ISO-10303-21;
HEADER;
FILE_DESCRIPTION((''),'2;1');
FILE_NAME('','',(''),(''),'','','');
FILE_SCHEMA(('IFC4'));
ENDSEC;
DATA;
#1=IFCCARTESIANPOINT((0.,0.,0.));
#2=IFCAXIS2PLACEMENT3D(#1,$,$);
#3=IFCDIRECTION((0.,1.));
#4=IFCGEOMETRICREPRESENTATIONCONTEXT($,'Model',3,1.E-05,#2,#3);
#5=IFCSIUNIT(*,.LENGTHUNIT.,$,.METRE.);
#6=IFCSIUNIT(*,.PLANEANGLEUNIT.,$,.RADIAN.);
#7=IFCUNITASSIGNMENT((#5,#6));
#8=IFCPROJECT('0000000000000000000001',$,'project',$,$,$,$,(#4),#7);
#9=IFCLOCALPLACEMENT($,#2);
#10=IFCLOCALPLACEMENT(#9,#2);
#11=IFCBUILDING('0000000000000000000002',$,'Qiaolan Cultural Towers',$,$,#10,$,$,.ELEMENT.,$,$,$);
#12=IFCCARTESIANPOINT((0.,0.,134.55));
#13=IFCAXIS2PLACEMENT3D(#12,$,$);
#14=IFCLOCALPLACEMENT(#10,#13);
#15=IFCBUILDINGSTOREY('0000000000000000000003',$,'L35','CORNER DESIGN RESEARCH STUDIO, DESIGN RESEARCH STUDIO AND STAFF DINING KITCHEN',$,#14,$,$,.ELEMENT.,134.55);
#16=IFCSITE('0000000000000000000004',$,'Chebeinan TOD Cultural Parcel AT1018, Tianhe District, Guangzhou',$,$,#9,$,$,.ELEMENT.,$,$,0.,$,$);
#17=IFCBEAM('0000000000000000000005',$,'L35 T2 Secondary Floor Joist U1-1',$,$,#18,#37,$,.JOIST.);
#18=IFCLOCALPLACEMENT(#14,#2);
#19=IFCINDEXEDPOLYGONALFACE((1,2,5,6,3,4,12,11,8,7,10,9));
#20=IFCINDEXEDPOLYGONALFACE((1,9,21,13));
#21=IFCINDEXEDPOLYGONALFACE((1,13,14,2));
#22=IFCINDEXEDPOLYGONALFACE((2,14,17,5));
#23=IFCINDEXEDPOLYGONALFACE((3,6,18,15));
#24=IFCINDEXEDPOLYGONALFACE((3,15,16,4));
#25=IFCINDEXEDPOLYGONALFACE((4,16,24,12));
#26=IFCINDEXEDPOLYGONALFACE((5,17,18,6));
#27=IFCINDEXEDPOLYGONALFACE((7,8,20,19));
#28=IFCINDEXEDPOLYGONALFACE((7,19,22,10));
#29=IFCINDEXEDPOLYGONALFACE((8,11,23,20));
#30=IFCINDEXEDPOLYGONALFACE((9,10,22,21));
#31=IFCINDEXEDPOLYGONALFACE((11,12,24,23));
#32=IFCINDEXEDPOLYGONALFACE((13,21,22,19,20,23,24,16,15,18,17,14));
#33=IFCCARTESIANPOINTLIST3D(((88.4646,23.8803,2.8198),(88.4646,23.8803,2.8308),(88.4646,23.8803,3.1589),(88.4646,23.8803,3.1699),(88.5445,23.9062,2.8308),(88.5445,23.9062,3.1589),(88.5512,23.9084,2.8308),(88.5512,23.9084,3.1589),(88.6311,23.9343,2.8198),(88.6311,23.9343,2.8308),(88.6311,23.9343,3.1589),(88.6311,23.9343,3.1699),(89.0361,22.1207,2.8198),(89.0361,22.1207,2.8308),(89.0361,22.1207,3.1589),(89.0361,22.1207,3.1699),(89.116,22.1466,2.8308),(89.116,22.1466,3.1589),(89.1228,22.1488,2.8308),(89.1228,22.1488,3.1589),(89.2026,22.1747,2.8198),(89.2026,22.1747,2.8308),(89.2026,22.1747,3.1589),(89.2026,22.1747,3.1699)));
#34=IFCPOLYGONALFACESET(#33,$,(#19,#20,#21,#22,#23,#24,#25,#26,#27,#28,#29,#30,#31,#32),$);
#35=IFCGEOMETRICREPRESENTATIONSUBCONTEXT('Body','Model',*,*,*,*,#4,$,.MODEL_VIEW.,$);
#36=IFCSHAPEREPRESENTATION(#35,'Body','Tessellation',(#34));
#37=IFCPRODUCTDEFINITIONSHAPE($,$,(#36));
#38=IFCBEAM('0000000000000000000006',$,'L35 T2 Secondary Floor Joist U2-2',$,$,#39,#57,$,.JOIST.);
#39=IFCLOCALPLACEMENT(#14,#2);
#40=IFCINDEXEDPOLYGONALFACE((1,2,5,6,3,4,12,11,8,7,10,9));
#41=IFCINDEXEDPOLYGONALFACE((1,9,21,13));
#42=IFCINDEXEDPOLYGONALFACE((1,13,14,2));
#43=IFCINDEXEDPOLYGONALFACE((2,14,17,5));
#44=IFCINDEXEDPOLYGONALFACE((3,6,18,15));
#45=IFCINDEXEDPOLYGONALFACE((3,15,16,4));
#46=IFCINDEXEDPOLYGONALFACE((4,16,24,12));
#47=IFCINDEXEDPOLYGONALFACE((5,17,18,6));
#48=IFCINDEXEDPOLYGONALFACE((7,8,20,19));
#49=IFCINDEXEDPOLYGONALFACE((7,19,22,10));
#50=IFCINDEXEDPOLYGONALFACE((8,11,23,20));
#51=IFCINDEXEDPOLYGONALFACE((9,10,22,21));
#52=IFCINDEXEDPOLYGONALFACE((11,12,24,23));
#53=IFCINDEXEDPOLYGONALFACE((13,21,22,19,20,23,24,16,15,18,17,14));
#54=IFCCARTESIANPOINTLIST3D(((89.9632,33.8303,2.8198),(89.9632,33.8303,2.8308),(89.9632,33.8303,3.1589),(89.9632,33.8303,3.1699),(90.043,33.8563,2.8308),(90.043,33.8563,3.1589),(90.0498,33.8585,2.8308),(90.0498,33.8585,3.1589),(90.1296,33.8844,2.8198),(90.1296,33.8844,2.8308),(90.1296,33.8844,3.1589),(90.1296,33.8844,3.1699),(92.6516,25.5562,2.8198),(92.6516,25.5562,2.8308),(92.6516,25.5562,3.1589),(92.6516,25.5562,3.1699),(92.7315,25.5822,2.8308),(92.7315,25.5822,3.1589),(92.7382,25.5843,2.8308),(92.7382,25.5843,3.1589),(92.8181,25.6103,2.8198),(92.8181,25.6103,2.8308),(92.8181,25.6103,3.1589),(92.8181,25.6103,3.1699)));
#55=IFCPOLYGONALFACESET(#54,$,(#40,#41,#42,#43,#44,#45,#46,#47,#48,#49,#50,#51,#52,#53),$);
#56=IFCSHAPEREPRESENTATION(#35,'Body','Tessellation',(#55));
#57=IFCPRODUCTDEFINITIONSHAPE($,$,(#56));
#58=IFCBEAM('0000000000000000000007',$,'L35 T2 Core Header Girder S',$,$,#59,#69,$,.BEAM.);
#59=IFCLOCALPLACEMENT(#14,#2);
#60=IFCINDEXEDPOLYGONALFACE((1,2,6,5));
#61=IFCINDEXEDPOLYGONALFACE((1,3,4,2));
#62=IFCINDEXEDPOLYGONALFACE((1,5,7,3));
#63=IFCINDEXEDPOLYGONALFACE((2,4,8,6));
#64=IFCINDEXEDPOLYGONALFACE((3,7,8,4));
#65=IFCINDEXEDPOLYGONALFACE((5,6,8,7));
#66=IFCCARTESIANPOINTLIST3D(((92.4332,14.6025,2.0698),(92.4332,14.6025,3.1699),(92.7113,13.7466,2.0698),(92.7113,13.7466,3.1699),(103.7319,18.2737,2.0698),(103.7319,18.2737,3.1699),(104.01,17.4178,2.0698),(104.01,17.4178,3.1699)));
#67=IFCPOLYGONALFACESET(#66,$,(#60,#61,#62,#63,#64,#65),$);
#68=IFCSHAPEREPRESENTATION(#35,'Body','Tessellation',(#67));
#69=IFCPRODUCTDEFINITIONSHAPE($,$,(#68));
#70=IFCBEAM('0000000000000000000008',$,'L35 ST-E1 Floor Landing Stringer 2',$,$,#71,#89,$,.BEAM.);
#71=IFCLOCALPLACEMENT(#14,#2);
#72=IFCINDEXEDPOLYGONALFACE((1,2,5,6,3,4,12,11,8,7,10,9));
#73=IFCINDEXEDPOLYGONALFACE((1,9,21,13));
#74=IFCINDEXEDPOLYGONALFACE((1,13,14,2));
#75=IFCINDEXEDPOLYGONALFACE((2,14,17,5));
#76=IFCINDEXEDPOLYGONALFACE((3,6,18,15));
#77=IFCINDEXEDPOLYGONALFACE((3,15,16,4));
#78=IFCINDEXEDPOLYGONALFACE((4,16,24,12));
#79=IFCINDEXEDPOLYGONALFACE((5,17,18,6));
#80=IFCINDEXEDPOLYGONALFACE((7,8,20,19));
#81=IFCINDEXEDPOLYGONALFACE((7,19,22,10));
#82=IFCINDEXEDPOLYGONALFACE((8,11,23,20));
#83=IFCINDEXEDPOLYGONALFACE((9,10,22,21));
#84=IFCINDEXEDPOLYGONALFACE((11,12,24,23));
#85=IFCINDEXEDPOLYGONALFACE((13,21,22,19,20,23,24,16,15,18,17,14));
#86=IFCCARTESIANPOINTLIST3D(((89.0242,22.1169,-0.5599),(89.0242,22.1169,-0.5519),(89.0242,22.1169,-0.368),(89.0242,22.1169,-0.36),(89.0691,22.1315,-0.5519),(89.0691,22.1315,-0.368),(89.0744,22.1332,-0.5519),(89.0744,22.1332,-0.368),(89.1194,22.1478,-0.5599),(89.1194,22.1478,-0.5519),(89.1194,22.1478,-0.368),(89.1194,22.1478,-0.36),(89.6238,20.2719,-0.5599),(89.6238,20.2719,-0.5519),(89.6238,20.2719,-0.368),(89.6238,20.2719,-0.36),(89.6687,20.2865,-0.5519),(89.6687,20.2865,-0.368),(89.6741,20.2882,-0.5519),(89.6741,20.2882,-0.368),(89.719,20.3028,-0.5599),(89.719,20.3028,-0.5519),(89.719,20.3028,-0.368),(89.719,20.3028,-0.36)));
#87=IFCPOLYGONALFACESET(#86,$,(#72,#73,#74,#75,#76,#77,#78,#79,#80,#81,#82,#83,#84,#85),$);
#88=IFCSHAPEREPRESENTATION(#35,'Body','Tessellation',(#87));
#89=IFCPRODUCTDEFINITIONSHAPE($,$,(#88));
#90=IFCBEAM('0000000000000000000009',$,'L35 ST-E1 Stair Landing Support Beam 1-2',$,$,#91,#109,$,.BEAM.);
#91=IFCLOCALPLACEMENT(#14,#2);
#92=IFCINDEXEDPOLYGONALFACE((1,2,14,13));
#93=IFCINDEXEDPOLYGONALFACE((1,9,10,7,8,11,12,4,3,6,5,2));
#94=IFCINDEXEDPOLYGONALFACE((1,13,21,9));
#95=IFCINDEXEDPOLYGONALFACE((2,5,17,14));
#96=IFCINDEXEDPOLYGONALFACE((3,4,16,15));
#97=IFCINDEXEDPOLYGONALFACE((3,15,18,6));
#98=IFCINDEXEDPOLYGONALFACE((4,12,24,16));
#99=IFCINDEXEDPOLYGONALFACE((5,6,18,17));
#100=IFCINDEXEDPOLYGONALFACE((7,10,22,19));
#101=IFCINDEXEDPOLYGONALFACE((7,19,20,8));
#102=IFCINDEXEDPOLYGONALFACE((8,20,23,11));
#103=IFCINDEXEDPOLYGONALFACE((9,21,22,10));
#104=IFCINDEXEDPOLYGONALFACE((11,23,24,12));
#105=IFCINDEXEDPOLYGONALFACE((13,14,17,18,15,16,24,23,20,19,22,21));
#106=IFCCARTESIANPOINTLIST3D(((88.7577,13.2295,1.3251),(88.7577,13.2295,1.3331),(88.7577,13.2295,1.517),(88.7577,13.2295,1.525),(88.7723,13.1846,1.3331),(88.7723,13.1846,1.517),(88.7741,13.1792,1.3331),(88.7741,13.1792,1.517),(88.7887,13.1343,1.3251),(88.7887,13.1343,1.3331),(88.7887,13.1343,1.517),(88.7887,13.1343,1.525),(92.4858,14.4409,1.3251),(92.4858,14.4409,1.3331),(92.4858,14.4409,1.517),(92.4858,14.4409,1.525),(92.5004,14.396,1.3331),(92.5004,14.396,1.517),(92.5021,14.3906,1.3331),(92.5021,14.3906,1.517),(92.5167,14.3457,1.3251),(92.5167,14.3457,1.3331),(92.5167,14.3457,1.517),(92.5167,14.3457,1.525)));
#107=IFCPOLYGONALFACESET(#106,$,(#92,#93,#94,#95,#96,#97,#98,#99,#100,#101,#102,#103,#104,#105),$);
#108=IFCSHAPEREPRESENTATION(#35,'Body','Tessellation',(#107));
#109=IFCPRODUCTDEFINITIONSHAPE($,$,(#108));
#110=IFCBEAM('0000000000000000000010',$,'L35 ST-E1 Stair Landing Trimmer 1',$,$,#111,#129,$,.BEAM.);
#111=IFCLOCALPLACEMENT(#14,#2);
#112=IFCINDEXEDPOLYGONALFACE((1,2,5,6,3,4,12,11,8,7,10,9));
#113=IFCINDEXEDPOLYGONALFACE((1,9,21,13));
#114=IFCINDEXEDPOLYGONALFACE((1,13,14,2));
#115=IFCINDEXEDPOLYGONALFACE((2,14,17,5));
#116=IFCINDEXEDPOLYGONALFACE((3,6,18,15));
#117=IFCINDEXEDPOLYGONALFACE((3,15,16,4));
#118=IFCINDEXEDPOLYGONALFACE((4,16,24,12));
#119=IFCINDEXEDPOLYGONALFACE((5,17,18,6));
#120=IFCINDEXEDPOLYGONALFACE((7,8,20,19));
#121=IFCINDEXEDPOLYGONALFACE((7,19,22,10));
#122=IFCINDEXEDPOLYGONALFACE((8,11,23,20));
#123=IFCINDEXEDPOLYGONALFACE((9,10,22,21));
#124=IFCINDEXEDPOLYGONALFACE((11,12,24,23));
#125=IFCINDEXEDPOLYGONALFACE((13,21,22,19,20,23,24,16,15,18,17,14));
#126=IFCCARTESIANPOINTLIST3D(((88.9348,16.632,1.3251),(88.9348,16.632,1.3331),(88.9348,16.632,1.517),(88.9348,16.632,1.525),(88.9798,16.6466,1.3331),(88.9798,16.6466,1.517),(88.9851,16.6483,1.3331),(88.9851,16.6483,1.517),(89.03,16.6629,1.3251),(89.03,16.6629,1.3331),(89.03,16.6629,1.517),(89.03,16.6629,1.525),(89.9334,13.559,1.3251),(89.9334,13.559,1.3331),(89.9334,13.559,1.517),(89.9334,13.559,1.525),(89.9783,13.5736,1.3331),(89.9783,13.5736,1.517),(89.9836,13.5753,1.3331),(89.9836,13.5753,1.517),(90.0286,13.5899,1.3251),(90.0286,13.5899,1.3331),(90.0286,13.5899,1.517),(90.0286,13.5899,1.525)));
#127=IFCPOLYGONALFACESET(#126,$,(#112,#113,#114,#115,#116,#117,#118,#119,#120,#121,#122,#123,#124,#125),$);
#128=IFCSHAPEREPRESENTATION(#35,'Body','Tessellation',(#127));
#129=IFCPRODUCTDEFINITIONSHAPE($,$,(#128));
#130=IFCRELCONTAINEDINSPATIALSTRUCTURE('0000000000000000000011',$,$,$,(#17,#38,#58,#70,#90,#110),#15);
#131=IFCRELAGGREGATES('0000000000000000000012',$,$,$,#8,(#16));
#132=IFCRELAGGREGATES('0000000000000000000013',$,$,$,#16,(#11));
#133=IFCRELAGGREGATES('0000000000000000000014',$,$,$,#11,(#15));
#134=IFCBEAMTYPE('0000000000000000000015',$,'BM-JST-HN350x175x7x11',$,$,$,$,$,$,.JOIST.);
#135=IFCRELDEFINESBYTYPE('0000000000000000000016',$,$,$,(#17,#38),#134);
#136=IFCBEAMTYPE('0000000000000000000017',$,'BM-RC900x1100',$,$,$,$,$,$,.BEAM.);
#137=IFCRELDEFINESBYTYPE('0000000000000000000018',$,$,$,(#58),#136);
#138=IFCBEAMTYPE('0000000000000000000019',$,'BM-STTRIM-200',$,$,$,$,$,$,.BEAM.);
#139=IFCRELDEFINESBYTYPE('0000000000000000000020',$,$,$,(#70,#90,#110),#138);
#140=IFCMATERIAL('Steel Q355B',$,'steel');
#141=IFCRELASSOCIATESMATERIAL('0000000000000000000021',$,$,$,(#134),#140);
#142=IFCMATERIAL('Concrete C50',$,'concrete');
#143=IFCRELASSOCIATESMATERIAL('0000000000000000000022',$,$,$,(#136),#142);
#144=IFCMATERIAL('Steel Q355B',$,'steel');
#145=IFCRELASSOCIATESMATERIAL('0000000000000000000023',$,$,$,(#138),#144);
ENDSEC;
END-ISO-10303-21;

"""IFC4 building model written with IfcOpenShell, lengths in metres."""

from ifc_helpers import new_model, si_unit, direction, frame, origin, origin_2d, place, context, subcontext, project, spatial, rectangle, i_section, extrude, material, material_profile, profile_set, type_object, element, save


model = new_model("IFC4")

# Units and contexts
model_context = context("Model", 3, precision=1e-05, world=origin(), true_north=direction((0.0, 1.0)))
body_context = subcontext(model_context, "Body", "Model", "MODEL_VIEW")
ifc_project = project(units=[si_unit("LENGTHUNIT", "METRE"), si_unit("PLANEANGLEUNIT", "RADIAN")], contexts=[model_context])

# Site, building, storey
site_placement = place(None, origin())
site = spatial("IfcSite", under=ifc_project, at=site_placement, Name="Chebeinan TOD Cultural Parcel AT1018, Tianhe District, Guangzhou", CompositionType="ELEMENT", RefElevation=0.0)
building_placement = place(site_placement, origin())
building = spatial("IfcBuilding", under=site, at=building_placement, Name="Qiaolan Cultural Towers", CompositionType="ELEMENT")
storey_placement = place(building_placement, frame((0.0, 0.0, 134.55)))
storey = spatial("IfcBuildingStorey", under=building, at=storey_placement, Name="L35", Description="CORNER DESIGN RESEARCH STUDIO, DESIGN RESEARCH STUDIO AND STAFF DINING KITCHEN", CompositionType="ELEMENT", Elevation=134.55)

# Beams
ifc_material_1 = material(Name="Steel Q355B", Category="steel")
ifc_material_profile_1 = material_profile(ifc_material_1, i_section(OverallWidth=0.175, OverallDepth=0.3501, WebThickness=0.0071, FlangeThickness=0.011, at=origin_2d()), Name="HN350x175x7x11")
ifc_profile_set_1 = profile_set([ifc_material_profile_1], Name="Steel Q355B")
beam_type_1 = type_object("IfcBeamType", Name="BM-JST-HN350x175x7x11", PredefinedType="JOIST", material=ifc_profile_set_1)
beam_1_placement = place(storey_placement, frame((89.1194, 22.1477, 2.9949), z_axis=(-0.308934, 0.951084, 0.0), x_axis=(-0.951084, -0.308934, 0.0)))
element("IfcBeam", 1, at=beam_1_placement, inside=storey, type_object=beam_type_1, Name="L35 T2 Secondary Floor Joist U1-1", PredefinedType="JOIST", context=body_context, shape_type="SweptSolid", body=[
    extrude(i_section(OverallWidth=0.175, OverallDepth=0.3501, WebThickness=0.0071, FlangeThickness=0.011, at=origin_2d()), origin(), (0.0, 0.0, 1.0), 1.8501),
])
beam_2_placement = place(storey_placement, frame((92.7349, 25.5833, 2.9949), z_axis=(-0.309021, 0.951055, 0.0), x_axis=(-0.951055, -0.309021, 0.0)))
element("IfcBeam", 2, at=beam_2_placement, inside=storey, type_object=beam_type_1, Name="L35 T2 Secondary Floor Joist U2-2", PredefinedType="JOIST", context=body_context, shape_type="SweptSolid", body=[
    extrude(i_section(OverallWidth=0.175, OverallDepth=0.3501, WebThickness=0.0071, FlangeThickness=0.011, at=origin_2d()), origin(), (0.0, 0.0, 1.0), 8.7),
])
ifc_material_2 = material(Name="Concrete C50", Category="concrete")
ifc_material_profile_2 = material_profile(ifc_material_2, rectangle(XDim=0.8999, YDim=1.1001, at=origin_2d()), Name="RC900x1100")
ifc_profile_set_2 = profile_set([ifc_material_profile_2], Name="Concrete C50")
beam_type_2 = type_object("IfcBeamType", Name="BM-RC900x1100", PredefinedType="BEAM", material=ifc_profile_set_2)
beam_3_placement = place(storey_placement, frame((92.5723, 14.1746, 2.6199), z_axis=(0.951056, 0.309018, 0.0), x_axis=(-0.309018, 0.951056, 0.0)))
element("IfcBeam", 3, at=beam_3_placement, inside=storey, type_object=beam_type_2, Name="L35 T2 Core Header Girder S", PredefinedType="BEAM", context=body_context, shape_type="SweptSolid", body=[
    extrude(rectangle(XDim=0.8999, YDim=1.1001, at=origin_2d()), origin(), (0.0, 0.0, 1.0), 11.8801),
])
ifc_material_3 = material(Name="Steel Q355B", Category="steel")
ifc_material_profile_3 = material_profile(ifc_material_3, i_section(OverallWidth=0.1001, OverallDepth=0.2, WebThickness=0.0056, FlangeThickness=0.0081, at=origin_2d()), Name="HN200x100x5.5x8")
ifc_profile_set_3 = profile_set([ifc_material_profile_3], Name="Steel Q355B")
beam_type_3 = type_object("IfcBeamType", Name="BM-STTRIM-200", PredefinedType="BEAM", material=ifc_profile_set_3)
beam_4_placement = place(storey_placement, frame((89.0718, 22.1323, -0.46), z_axis=(0.309083, -0.951035, 0.0), x_axis=(0.951035, 0.309083, 0.0)))
element("IfcBeam", 4, at=beam_4_placement, inside=storey, type_object=beam_type_3, Name="L35 ST-E1 Floor Landing Stringer 2", PredefinedType="BEAM", context=body_context, shape_type="SweptSolid", body=[
    extrude(i_section(OverallWidth=0.1001, OverallDepth=0.2, WebThickness=0.0056, FlangeThickness=0.0081, at=origin_2d()), origin(), (0.0, 0.0, 1.0), 1.9399),
])
beam_5_placement = place(storey_placement, frame((88.7732, 13.1819, 1.425), z_axis=(0.951048, 0.309044, 0.0), x_axis=(-0.309044, 0.951048, 0.0)))
element("IfcBeam", 5, at=beam_5_placement, inside=storey, type_object=beam_type_3, Name="L35 ST-E1 Stair Landing Support Beam 1-2", PredefinedType="BEAM", context=body_context, shape_type="SweptSolid", body=[
    extrude(i_section(OverallWidth=0.1001, OverallDepth=0.2, WebThickness=0.0056, FlangeThickness=0.0081, at=origin_2d()), origin(), (0.0, 0.0, 1.0), 3.9199),
])
beam_6_placement = place(storey_placement, frame((88.9824, 16.6475, 1.425), z_axis=(0.309033, -0.951051, 0.0), x_axis=(0.951051, 0.309033, 0.0)))
element("IfcBeam", 6, at=beam_6_placement, inside=storey, type_object=beam_type_3, Name="L35 ST-E1 Stair Landing Trimmer 1", PredefinedType="BEAM", context=body_context, shape_type="SweptSolid", body=[
    extrude(i_section(OverallWidth=0.1001, OverallDepth=0.2, WebThickness=0.0056, FlangeThickness=0.0081, at=origin_2d()), origin(), (0.0, 0.0, 1.0), 3.2312),
])

save(model, "model.ifc")
